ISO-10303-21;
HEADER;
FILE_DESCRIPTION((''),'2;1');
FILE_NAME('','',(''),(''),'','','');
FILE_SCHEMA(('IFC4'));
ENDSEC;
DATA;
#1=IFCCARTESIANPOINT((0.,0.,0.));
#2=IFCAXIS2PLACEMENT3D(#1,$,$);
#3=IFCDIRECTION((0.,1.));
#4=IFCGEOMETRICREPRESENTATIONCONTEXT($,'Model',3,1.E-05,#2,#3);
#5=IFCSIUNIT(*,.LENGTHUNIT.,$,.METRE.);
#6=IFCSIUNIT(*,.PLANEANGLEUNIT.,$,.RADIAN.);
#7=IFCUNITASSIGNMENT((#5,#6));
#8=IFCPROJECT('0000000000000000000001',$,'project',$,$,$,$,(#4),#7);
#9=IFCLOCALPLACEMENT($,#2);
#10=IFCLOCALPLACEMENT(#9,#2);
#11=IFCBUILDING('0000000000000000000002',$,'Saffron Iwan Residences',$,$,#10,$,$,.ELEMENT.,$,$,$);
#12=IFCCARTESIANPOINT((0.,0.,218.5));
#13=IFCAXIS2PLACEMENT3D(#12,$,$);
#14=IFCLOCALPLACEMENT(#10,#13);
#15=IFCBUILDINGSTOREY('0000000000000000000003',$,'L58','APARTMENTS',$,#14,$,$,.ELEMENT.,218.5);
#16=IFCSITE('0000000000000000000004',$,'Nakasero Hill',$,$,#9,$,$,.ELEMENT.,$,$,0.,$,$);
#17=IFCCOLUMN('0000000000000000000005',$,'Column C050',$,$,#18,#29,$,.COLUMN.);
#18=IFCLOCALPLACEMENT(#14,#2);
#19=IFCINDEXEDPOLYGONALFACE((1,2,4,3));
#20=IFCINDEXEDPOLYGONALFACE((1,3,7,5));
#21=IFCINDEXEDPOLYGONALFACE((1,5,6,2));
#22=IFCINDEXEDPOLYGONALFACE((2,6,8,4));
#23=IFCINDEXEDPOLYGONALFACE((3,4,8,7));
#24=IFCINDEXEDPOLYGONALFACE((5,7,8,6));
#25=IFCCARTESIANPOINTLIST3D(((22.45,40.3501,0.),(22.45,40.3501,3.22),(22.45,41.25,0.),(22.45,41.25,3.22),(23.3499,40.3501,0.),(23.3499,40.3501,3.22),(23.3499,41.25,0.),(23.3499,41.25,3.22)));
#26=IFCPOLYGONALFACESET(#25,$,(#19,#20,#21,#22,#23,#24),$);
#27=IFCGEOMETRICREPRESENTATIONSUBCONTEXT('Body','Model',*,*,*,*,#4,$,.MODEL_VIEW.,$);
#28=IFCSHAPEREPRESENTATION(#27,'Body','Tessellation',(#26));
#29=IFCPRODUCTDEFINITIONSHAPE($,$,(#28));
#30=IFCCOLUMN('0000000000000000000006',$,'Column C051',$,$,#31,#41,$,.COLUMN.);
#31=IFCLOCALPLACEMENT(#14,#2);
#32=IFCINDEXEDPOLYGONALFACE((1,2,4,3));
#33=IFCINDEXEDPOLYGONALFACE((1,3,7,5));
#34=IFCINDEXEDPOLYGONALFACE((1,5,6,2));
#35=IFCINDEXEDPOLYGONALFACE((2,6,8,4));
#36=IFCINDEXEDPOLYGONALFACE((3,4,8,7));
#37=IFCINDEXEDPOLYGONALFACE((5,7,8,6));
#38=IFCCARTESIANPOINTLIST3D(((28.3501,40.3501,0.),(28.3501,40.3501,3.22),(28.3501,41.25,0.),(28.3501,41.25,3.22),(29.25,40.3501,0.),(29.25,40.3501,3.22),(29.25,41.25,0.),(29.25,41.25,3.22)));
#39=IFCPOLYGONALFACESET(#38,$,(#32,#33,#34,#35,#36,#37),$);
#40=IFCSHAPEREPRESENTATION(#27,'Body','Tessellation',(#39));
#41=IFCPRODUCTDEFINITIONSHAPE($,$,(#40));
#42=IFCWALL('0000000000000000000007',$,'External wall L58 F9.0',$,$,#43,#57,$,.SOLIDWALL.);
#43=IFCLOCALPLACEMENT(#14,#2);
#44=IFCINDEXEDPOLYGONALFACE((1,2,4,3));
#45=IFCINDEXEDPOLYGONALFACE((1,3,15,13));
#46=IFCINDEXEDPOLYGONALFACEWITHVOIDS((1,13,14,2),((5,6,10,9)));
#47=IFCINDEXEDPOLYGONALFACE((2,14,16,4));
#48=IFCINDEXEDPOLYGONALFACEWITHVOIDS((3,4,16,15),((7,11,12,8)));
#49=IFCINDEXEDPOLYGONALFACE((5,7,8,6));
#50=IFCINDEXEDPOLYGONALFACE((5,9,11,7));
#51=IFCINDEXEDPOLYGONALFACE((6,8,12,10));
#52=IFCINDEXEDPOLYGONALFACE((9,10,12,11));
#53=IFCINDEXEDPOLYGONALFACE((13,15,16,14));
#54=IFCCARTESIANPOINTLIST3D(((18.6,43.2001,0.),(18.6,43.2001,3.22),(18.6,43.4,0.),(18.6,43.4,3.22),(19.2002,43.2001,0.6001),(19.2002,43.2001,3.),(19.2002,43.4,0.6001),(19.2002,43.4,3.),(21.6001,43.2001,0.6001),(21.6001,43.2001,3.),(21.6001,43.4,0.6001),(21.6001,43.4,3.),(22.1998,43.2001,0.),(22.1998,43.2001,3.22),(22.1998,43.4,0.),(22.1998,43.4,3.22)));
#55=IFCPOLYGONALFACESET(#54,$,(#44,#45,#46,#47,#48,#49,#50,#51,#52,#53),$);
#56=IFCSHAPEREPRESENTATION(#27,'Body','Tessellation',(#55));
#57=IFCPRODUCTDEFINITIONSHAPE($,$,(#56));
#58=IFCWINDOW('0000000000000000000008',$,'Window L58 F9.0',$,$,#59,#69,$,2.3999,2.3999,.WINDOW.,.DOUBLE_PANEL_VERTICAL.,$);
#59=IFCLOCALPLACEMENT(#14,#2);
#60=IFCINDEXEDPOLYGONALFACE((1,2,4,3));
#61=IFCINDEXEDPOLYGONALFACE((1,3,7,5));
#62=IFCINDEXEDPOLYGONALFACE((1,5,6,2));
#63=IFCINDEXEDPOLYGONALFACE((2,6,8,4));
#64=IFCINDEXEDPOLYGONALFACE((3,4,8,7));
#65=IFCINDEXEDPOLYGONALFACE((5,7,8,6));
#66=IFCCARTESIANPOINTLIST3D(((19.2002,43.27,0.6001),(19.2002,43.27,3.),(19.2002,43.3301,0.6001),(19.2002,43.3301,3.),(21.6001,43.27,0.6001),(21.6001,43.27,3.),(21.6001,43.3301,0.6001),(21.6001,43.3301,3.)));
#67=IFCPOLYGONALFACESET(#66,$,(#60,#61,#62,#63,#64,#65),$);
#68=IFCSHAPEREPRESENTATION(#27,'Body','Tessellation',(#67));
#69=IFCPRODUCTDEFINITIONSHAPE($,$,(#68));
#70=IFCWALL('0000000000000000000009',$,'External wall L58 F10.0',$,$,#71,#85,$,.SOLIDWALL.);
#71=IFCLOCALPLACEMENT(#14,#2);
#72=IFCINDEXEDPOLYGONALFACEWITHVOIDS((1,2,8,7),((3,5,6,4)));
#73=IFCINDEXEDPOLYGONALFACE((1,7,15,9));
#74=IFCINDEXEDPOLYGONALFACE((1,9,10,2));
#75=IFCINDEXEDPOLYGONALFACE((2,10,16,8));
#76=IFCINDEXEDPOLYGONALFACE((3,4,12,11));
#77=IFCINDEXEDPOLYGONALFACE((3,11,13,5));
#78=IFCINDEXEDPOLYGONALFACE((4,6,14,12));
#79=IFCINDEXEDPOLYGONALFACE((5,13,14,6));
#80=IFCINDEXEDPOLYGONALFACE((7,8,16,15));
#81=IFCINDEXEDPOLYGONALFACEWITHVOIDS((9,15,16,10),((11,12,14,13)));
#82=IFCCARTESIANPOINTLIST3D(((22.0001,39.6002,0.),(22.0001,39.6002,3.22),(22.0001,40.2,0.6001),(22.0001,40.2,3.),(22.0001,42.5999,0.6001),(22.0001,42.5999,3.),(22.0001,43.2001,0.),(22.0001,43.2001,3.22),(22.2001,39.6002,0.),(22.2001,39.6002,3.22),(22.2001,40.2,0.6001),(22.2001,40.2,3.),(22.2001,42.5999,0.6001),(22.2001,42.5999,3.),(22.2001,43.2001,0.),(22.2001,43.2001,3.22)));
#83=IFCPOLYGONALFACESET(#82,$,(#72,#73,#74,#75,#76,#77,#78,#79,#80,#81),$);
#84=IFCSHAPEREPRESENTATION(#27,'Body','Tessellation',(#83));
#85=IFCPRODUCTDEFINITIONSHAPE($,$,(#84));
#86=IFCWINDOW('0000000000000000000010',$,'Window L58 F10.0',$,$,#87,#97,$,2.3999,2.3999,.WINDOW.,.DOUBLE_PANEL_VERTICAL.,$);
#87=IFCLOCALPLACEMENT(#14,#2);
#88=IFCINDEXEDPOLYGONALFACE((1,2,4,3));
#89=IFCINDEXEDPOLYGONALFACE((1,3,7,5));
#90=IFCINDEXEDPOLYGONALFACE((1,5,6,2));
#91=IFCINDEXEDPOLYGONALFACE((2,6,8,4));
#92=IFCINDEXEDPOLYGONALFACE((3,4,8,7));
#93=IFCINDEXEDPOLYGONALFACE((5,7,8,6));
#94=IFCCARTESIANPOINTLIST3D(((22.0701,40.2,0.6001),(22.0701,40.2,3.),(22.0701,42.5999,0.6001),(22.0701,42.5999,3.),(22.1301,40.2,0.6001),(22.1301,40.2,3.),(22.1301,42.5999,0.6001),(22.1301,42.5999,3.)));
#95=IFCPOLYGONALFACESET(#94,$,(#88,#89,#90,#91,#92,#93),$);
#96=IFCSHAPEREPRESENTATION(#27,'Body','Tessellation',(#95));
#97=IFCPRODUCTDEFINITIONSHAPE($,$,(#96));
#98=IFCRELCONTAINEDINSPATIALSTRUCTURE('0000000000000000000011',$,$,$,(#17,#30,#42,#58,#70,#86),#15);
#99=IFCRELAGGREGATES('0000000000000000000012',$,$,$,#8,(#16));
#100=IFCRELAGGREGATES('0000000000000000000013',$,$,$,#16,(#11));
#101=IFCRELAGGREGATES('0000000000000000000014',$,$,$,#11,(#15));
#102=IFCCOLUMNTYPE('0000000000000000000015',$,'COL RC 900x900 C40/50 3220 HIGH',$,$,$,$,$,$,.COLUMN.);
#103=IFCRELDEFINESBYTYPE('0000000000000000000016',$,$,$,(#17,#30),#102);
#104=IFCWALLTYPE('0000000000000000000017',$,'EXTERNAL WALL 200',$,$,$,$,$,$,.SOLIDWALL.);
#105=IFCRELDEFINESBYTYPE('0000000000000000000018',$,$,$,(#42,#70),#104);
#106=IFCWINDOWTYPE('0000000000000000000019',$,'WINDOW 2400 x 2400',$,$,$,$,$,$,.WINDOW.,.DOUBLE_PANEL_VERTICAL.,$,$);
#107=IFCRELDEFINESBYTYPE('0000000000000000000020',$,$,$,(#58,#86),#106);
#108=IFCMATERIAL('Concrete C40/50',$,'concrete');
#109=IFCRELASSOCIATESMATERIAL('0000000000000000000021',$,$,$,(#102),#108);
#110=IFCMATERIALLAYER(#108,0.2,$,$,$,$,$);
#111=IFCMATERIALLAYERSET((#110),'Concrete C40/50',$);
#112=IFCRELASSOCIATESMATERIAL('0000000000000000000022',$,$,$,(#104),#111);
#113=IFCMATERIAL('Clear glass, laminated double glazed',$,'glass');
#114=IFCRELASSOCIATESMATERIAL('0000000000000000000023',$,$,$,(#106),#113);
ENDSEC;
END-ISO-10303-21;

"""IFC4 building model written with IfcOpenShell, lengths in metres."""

from ifc_helpers import new_model, si_unit, direction, frame, frame_2d, origin, origin_2d, place, context, subcontext, project, spatial, rectangle, extrude, source, transform, mapped, material, layer, layer_set, material_profile, profile_set, type_object, element, fill, save


model = new_model("IFC4")

# Units and contexts
model_context = context("Model", 3, precision=1e-05, world=origin(), true_north=direction((0.0, 1.0)))
body_context = subcontext(model_context, "Body", "Model", "MODEL_VIEW")
ifc_project = project(units=[si_unit("LENGTHUNIT", "METRE"), si_unit("PLANEANGLEUNIT", "RADIAN")], contexts=[model_context])

# Site, building, storey
site_placement = place(None, origin())
site = spatial("IfcSite", under=ifc_project, at=site_placement, Name="Nakasero Hill", CompositionType="ELEMENT", RefElevation=0.0)
building_placement = place(site_placement, origin())
building = spatial("IfcBuilding", under=site, at=building_placement, Name="Saffron Iwan Residences", CompositionType="ELEMENT")
storey_placement = place(building_placement, frame((0.0, 0.0, 218.5)))
storey = spatial("IfcBuildingStorey", under=building, at=storey_placement, Name="L58", Description="APARTMENTS", CompositionType="ELEMENT", Elevation=218.5)

# Columns
ifc_material_1 = material(Name="Concrete C40/50", Category="concrete")
ifc_material_profile = material_profile(ifc_material_1, rectangle(XDim=0.8999, YDim=0.8999, at=origin_2d()), Name="RC 900x900")
ifc_profile_set = profile_set([ifc_material_profile], Name="Concrete C40/50")
column_type = type_object("IfcColumnType", Name="COL RC 900x900 C40/50 3220 HIGH", PredefinedType="COLUMN", material=ifc_profile_set)
shared_shape = source(origin(), body_context, "Body", "SweptSolid", [
    extrude(rectangle(XDim=0.8999, YDim=0.8999, at=origin_2d()), origin(), (0.0, 0.0, 1.0), 3.22),
])
for number, where, z_axis, x_axis, name in (
    (1, (22.8999, 40.8, 0.0), (0.0, 0.0, 1.0), (1.0, 0.0, 0.0), "Column C050"),
    (2, (28.8, 40.8, 0.0), (0.0, 0.0, 1.0), (1.0, 0.0, 0.0), "Column C051"),
):
    element("IfcColumn", number, at=place(storey_placement, frame(where, z_axis=z_axis, x_axis=x_axis)), inside=storey, type_object=column_type, Name=name, PredefinedType="COLUMN", context=body_context, shape_type="MappedRepresentation", body=[
        mapped(shared_shape, transform((0.0, 0.0, 0.0))),
    ])

# Walls, openings, windows
ifc_layer_1 = layer(ifc_material_1, 0.2)
ifc_layer_set_1 = layer_set([ifc_layer_1], Name="Concrete C40/50")
wall_type_1 = type_object("IfcWallType", Name="EXTERNAL WALL 200", PredefinedType="SOLIDWALL", material=ifc_layer_set_1)
wall_1_placement = place(storey_placement, frame((18.6001, 43.3, 0.0), z_axis=(0.0, 0.0, 1.0), x_axis=(1.0, 0.0, 0.0)))
wall_1 = element("IfcWall", 3, at=wall_1_placement, inside=storey, type_object=wall_type_1, Name="External wall L58 F9.0", PredefinedType="SOLIDWALL", context=body_context, shape_type="SweptSolid", body=[
    extrude(rectangle(XDim=3.5999, YDim=0.2, at=frame_2d((1.7998, 0.0))), origin(), (0.0, 0.0, 1.0), 3.22),
])
opening_1_placement = place(wall_1_placement, frame((0.6001, 0.0, 0.6001)))
opening_1 = element("IfcOpeningElement", 4, at=opening_1_placement, cuts=wall_1, PredefinedType="OPENING", context=body_context, shape_type="SweptSolid", body=[
    extrude(rectangle(XDim=2.3999, YDim=2.3999, at=frame_2d((1.2, 1.2))), frame((0.0, 0.1099, 0.0), z_axis=(0.0, -1.0, 0.0), x_axis=(1.0, 0.0, 0.0)), (0.0, 0.0, 1.0), 0.22),
])
ifc_material_2 = material(Name="Clear glass, laminated double glazed", Category="glass")
window_type_1 = type_object("IfcWindowType", Name="WINDOW 2400 x 2400", PartitioningType="DOUBLE_PANEL_VERTICAL", PredefinedType="WINDOW", material=ifc_material_2)
window_1_placement = place(opening_1_placement, origin())
window_1 = element("IfcWindow", 5, at=window_1_placement, inside=storey, type_object=window_type_1, Name="Window L58 F9.0", OverallHeight=2.3999, OverallWidth=2.3999, PartitioningType="DOUBLE_PANEL_VERTICAL", PredefinedType="WINDOW", context=body_context, shape_type="SweptSolid", body=[
    extrude(rectangle(XDim=2.3999, YDim=2.3999, at=frame_2d((1.2, 1.2))), frame((0.0, 0.03, 0.0), z_axis=(0.0, -1.0, 0.0), x_axis=(1.0, 0.0, 0.0)), (0.0, 0.0, 1.0), 0.0601),
])
fill(opening_1, window_1)
wall_2_placement = place(storey_placement, frame((22.1001, 43.2, 0.0), z_axis=(0.0, 0.0, 1.0), x_axis=(0.0, -1.0, 0.0)))
wall_2 = element("IfcWall", 6, at=wall_2_placement, inside=storey, type_object=wall_type_1, Name="External wall L58 F10.0", PredefinedType="SOLIDWALL", context=body_context, shape_type="SweptSolid", body=[
    extrude(rectangle(XDim=3.5999, YDim=0.2, at=frame_2d((1.7998, 0.0))), origin(), (0.0, 0.0, 1.0), 3.22),
])
opening_2_placement = place(wall_2_placement, frame((0.6001, 0.0, 0.6001)))
opening_2 = element("IfcOpeningElement", 7, at=opening_2_placement, cuts=wall_2, PredefinedType="OPENING", context=body_context, shape_type="SweptSolid", body=[
    extrude(rectangle(XDim=2.3999, YDim=2.3999, at=frame_2d((1.2, 1.2))), frame((0.0, 0.1099, 0.0), z_axis=(0.0, -1.0, 0.0), x_axis=(1.0, 0.0, 0.0)), (0.0, 0.0, 1.0), 0.22),
])
window_2_placement = place(opening_2_placement, origin())
window_2 = element("IfcWindow", 8, at=window_2_placement, inside=storey, type_object=window_type_1, Name="Window L58 F10.0", OverallHeight=2.3999, OverallWidth=2.3999, PartitioningType="DOUBLE_PANEL_VERTICAL", PredefinedType="WINDOW", context=body_context, shape_type="SweptSolid", body=[
    extrude(rectangle(XDim=2.3999, YDim=2.3999, at=frame_2d((1.2, 1.2))), frame((0.0, 0.03, 0.0), z_axis=(0.0, -1.0, 0.0), x_axis=(1.0, 0.0, 0.0)), (0.0, 0.0, 1.0), 0.0601),
])
fill(opening_2, window_2)

save(model, "model.ifc")
